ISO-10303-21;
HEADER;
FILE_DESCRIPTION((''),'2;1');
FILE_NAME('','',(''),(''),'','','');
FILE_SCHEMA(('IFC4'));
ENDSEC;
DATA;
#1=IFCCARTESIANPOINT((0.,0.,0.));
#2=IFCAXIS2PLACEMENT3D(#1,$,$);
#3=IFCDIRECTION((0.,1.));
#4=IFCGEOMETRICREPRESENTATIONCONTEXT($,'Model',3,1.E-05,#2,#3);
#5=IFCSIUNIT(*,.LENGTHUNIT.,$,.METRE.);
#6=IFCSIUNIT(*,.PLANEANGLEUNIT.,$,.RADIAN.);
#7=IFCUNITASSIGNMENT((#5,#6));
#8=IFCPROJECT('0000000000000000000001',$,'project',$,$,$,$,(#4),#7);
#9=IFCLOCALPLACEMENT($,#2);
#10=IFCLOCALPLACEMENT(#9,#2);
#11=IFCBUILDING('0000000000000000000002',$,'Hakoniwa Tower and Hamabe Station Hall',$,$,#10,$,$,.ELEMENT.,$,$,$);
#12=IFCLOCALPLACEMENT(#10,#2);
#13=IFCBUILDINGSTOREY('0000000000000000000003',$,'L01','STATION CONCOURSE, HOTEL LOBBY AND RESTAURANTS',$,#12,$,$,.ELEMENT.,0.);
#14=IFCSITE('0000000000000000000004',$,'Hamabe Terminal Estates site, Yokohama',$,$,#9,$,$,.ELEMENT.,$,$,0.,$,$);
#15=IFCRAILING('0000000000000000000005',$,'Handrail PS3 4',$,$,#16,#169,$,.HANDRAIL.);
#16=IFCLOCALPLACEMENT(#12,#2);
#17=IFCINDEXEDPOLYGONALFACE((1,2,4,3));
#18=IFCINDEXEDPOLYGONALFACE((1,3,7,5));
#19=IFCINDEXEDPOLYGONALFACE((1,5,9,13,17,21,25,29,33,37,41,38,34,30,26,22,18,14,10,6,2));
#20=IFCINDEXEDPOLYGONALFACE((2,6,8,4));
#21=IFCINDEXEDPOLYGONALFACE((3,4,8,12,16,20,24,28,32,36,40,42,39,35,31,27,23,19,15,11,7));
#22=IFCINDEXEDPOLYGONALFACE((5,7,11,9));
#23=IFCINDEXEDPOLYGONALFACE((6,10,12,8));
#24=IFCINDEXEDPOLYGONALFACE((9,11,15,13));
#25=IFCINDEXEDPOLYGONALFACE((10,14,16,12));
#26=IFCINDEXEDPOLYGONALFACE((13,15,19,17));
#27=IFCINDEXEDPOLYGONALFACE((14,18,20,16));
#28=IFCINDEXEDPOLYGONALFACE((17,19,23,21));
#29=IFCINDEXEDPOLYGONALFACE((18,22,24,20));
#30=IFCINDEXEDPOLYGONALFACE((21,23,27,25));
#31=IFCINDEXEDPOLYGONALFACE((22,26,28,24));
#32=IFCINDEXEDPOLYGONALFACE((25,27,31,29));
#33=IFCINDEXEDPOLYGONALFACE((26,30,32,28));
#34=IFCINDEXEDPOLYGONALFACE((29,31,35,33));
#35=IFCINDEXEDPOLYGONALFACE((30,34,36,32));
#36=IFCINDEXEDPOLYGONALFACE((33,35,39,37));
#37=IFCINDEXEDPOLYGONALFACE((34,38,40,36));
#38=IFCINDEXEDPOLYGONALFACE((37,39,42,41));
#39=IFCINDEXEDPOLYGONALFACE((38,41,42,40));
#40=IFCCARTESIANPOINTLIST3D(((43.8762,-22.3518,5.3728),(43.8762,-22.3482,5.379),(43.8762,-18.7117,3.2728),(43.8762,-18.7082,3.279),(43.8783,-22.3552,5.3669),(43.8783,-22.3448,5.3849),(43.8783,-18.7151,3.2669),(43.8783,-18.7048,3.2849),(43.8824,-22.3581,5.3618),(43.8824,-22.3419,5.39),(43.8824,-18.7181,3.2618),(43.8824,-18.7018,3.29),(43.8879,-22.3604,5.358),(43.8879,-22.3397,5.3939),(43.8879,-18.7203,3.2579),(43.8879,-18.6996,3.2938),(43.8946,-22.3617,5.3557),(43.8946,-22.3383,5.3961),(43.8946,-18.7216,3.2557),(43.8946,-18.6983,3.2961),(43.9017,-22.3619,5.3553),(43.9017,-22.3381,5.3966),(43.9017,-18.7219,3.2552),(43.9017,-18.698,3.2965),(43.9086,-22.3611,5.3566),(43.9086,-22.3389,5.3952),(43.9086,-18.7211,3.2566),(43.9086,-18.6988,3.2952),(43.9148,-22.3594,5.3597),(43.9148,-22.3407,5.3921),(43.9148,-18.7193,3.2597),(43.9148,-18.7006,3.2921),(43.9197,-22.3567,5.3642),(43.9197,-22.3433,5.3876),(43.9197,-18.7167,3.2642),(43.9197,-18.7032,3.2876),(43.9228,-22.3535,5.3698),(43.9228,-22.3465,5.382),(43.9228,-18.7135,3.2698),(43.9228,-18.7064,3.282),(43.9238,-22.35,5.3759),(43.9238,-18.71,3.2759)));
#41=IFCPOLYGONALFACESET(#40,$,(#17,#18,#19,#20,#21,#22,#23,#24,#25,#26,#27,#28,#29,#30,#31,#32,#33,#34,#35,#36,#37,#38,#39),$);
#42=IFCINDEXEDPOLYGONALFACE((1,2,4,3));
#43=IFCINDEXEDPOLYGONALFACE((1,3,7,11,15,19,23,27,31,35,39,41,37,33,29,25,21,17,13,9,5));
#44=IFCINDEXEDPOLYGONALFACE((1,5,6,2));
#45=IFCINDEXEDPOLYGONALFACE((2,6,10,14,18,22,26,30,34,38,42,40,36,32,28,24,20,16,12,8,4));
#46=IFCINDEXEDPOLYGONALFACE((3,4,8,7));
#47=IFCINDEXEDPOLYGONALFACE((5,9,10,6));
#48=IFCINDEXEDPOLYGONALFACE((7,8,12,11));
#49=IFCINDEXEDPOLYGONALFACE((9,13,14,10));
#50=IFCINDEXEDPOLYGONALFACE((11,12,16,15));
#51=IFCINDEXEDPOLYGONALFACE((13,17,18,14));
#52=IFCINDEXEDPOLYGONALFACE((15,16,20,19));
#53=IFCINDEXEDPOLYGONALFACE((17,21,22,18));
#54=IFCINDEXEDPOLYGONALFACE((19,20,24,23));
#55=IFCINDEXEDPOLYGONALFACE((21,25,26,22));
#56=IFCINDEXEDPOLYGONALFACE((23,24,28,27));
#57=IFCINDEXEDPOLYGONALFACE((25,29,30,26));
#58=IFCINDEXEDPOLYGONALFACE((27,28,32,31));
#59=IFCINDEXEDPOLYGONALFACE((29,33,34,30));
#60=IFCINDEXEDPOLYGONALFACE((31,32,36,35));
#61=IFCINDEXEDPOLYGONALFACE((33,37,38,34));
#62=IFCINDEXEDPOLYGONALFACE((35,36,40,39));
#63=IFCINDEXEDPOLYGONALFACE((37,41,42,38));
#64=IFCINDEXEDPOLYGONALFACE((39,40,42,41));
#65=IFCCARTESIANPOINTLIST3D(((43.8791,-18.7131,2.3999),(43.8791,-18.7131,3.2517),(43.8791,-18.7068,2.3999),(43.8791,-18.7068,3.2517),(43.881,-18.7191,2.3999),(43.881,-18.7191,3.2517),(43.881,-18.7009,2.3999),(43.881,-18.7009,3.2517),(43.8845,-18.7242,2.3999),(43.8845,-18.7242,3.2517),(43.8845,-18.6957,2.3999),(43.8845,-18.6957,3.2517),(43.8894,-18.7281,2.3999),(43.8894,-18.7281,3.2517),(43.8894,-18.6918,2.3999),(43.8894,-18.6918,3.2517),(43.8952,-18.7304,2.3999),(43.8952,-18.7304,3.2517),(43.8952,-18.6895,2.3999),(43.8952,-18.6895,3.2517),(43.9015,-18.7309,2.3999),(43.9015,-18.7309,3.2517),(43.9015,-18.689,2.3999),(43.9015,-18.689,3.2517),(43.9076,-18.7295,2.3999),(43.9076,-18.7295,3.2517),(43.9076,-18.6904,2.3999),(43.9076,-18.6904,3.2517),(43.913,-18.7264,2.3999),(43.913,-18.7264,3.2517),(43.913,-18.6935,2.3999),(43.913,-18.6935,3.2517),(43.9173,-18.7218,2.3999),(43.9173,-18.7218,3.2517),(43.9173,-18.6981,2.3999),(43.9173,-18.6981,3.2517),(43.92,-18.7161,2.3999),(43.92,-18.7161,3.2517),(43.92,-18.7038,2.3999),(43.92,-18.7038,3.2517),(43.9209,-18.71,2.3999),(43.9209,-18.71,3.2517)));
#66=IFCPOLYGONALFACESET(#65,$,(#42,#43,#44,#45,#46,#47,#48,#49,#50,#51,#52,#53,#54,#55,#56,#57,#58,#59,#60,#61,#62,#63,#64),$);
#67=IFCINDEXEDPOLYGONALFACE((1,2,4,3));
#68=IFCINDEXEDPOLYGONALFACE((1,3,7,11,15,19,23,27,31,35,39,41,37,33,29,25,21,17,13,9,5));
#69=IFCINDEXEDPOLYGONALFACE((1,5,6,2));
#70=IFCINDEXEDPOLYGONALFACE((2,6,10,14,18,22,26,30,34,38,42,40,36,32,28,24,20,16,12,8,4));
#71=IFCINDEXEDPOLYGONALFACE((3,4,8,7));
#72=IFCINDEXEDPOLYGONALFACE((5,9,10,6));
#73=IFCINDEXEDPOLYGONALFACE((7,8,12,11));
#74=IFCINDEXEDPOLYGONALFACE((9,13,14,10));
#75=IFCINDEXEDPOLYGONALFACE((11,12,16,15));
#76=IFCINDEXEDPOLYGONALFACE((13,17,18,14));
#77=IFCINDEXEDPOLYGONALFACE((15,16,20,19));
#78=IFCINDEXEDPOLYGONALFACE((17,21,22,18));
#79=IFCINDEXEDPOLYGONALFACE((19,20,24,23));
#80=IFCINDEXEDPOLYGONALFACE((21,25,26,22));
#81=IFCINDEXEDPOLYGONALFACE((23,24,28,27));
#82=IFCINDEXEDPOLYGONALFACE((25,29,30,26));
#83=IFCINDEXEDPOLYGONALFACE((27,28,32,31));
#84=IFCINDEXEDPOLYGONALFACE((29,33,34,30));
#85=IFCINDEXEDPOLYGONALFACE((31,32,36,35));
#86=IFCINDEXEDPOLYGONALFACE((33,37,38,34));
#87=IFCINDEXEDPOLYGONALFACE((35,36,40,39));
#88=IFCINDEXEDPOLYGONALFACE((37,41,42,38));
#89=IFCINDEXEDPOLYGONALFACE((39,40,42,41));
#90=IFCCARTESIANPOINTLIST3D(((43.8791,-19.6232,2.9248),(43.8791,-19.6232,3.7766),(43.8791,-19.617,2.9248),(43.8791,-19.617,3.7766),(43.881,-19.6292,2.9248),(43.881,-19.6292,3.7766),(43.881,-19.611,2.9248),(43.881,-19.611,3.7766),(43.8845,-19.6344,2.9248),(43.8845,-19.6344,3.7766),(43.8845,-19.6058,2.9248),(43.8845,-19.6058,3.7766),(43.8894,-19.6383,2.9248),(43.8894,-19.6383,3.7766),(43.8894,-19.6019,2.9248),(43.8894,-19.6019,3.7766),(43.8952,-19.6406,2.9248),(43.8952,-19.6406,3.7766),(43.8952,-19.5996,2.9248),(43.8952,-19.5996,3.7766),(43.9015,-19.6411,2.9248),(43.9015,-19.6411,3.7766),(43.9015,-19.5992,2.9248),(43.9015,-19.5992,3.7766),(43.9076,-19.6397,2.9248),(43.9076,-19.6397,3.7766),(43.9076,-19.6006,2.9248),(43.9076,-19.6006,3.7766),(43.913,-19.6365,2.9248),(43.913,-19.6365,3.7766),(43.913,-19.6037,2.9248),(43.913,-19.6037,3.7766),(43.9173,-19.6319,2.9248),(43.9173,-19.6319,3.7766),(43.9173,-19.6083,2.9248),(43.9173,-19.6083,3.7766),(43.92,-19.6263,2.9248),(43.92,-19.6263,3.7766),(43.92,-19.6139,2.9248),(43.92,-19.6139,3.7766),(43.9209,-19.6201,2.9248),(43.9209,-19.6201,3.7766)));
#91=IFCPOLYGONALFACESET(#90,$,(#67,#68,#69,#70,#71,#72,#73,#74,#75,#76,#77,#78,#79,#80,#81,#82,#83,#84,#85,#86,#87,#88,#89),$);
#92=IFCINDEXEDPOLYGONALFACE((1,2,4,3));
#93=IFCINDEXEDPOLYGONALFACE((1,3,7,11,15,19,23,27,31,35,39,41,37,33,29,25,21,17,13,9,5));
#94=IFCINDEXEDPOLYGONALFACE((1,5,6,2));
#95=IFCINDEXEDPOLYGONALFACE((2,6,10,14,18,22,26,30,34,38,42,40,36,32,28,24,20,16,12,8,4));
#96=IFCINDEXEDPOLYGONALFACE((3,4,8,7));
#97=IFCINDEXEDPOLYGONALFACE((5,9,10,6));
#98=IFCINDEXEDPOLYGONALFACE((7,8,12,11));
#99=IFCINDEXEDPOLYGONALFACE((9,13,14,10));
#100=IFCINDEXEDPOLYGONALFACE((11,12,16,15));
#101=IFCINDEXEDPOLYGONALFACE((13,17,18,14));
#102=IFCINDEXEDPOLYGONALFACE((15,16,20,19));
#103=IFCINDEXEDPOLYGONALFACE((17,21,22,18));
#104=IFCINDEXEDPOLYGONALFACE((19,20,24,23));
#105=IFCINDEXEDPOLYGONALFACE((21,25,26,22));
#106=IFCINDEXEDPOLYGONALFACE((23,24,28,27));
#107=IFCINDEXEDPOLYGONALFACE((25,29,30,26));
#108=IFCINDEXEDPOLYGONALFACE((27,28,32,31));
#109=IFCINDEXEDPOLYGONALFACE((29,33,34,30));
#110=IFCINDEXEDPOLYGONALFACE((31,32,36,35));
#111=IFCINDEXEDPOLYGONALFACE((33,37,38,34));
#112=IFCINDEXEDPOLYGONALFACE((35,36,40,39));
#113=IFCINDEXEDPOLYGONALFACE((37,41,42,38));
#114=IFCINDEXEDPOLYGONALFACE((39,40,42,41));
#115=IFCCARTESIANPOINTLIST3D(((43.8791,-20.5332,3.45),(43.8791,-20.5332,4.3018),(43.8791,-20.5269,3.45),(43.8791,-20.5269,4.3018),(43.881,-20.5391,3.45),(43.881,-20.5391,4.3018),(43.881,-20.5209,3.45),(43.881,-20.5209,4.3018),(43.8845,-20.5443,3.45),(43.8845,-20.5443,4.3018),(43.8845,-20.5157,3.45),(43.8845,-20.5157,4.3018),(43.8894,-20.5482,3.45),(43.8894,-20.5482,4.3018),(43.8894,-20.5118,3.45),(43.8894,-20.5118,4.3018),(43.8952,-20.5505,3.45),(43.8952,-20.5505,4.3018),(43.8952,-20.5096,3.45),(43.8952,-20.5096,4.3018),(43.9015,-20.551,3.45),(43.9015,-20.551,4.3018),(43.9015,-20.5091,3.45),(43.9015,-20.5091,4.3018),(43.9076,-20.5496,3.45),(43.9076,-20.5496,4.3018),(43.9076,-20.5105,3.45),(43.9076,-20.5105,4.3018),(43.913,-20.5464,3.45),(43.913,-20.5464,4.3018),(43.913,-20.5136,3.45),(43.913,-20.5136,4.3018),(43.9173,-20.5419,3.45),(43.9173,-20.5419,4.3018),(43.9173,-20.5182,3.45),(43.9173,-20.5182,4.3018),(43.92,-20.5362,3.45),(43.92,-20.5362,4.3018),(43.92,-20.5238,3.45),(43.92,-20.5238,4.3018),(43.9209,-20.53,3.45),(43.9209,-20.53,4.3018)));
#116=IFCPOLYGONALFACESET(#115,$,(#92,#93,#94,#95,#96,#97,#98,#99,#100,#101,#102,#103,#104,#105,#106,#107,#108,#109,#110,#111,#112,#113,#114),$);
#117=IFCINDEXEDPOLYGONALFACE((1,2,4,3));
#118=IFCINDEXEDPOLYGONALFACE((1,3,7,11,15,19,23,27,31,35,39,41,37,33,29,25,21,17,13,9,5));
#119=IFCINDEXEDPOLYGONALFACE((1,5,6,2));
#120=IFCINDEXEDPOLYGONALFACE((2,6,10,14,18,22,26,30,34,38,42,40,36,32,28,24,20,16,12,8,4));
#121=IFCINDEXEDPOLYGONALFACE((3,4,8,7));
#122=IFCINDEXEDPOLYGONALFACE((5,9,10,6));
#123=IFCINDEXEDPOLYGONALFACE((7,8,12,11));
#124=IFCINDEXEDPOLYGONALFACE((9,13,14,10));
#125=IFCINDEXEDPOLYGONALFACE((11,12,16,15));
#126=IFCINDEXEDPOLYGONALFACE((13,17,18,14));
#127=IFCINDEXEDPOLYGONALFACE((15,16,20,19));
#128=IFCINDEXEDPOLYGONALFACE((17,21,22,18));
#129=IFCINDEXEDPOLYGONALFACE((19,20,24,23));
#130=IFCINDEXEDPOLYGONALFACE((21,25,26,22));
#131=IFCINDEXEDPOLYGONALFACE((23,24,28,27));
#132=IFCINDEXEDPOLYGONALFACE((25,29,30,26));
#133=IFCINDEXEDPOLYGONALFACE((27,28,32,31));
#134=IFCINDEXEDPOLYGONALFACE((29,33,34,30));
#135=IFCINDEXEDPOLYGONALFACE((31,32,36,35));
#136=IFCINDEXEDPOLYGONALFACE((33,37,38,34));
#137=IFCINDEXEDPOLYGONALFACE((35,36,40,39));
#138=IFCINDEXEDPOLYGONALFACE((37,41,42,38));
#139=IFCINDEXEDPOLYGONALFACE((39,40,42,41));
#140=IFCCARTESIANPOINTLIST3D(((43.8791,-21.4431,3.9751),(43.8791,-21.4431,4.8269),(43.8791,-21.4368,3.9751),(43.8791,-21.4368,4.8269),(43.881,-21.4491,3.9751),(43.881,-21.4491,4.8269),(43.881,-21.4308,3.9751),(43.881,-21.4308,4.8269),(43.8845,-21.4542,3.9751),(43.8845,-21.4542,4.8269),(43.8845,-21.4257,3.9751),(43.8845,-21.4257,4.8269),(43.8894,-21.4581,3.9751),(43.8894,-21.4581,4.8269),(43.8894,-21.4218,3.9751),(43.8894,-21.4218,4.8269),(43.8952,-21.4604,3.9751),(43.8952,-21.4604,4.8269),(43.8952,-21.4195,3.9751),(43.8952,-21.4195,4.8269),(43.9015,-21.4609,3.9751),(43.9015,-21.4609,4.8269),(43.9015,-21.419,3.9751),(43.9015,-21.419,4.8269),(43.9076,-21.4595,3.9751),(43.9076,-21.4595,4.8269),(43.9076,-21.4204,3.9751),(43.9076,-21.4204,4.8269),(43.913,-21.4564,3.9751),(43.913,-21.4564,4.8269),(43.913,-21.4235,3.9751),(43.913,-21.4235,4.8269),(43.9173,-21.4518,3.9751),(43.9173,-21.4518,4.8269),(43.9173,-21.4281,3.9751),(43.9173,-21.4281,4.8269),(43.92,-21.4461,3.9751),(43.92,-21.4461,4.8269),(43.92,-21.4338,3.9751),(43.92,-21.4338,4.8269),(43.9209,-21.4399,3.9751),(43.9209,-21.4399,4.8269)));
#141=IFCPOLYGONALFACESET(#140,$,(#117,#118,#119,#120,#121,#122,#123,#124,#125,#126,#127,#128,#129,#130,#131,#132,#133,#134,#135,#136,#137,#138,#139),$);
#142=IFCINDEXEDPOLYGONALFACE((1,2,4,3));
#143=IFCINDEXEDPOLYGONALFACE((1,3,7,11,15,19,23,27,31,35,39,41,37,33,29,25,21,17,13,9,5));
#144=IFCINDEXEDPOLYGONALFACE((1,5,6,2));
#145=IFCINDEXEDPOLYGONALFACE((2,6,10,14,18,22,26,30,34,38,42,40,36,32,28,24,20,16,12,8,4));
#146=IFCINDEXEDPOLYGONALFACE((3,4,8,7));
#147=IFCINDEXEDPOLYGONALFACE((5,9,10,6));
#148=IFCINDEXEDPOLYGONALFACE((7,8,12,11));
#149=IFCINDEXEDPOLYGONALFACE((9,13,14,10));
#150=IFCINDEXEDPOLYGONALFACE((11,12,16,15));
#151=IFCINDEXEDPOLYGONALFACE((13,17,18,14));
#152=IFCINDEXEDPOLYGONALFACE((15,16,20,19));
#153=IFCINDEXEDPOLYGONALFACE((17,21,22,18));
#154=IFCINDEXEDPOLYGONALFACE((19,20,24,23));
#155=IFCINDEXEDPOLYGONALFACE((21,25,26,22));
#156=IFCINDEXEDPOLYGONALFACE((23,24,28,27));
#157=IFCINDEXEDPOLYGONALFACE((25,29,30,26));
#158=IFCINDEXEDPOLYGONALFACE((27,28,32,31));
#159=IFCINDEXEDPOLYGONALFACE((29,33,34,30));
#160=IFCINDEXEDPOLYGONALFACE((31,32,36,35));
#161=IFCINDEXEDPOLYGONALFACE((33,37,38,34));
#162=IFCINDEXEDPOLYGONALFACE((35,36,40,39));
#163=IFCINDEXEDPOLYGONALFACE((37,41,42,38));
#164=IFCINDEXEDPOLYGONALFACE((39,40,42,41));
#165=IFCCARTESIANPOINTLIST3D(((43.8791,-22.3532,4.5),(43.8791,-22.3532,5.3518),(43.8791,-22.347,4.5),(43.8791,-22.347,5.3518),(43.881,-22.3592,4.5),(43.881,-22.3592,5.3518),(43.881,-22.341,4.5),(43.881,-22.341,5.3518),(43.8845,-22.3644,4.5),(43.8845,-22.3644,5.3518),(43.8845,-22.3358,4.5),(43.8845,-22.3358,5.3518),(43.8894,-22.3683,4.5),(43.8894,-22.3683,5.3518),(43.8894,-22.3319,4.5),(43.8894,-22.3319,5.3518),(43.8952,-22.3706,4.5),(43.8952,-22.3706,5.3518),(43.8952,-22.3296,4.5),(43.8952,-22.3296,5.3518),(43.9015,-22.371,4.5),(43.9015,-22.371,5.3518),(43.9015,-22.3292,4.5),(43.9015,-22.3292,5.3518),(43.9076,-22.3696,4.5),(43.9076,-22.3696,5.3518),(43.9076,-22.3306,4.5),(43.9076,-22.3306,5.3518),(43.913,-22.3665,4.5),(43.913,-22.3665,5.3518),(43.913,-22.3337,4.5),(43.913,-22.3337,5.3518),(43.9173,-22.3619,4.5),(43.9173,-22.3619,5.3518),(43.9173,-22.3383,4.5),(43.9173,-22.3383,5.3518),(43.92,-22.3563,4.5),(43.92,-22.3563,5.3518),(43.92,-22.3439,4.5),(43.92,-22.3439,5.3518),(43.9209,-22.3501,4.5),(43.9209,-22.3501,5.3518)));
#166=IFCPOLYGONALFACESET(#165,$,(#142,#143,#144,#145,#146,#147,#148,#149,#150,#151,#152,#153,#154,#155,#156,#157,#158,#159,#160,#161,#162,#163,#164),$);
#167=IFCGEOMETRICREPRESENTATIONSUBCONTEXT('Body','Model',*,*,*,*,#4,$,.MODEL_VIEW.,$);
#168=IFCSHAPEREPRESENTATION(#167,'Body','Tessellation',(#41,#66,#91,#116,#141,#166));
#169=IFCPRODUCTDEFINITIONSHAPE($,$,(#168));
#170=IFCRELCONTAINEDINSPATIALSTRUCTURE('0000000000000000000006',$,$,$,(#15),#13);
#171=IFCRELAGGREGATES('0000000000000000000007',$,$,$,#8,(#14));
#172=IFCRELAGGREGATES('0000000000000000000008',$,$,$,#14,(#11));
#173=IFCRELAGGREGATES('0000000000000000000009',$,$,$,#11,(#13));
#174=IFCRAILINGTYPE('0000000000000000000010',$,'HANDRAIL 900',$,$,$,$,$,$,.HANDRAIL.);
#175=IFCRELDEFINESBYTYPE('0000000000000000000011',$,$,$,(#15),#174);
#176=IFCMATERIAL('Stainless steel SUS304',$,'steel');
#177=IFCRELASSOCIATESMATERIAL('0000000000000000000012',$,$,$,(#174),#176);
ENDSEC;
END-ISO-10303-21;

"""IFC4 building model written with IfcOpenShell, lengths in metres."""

from ifc_helpers import new_model, si_unit, direction, frame, origin, origin_2d, place, context, subcontext, project, spatial, circle, extrude, material, type_object, element, save


model = new_model("IFC4")

# Units and contexts
model_context = context("Model", 3, precision=1e-05, world=origin(), true_north=direction((0.0, 1.0)))
body_context = subcontext(model_context, "Body", "Model", "MODEL_VIEW")
ifc_project = project(units=[si_unit("LENGTHUNIT", "METRE"), si_unit("PLANEANGLEUNIT", "RADIAN")], contexts=[model_context])

# Site, building, storey
site_placement = place(None, origin())
site = spatial("IfcSite", under=ifc_project, at=site_placement, Name="Hamabe Terminal Estates site, Yokohama", CompositionType="ELEMENT", RefElevation=0.0)
building_placement = place(site_placement, origin())
building = spatial("IfcBuilding", under=site, at=building_placement, Name="Hakoniwa Tower and Hamabe Station Hall", CompositionType="ELEMENT")
storey_placement = place(building_placement, origin())
storey = spatial("IfcBuildingStorey", under=building, at=storey_placement, Name="L01", Description="STATION CONCOURSE, HOTEL LOBBY AND RESTAURANTS", CompositionType="ELEMENT", Elevation=0.0)

# Railing
ifc_material_1 = material(Name="Stainless steel SUS304", Category="steel")
railing_type_1 = type_object("IfcRailingType", Name="HANDRAIL 900", PredefinedType="HANDRAIL", material=ifc_material_1)
for number, where, name in (
    (1, (43.8999, -18.71, 2.3999), "Handrail PS3 4"),
):
    element("IfcRailing", number, at=place(storey_placement, frame(where)), inside=storey, type_object=railing_type_1, Name=name, PredefinedType="HANDRAIL", context=body_context, shape_type="SweptSolid", body=[
        extrude(circle(Radius=0.0239, at=origin_2d()), frame((0.0, 0.0, 0.876), z_axis=(0.0, -0.866184, 0.499726), x_axis=(1.0, 0.0, 0.0)), (0.0, 0.0, 1.0), 4.2024),
        extrude(circle(Radius=0.021, at=origin_2d()), origin(), (0.0, 0.0, 1.0), 0.8518),
        extrude(circle(Radius=0.021, at=origin_2d()), frame((0.0, -0.9102, 0.5249)), (0.0, 0.0, 1.0), 0.8518),
        extrude(circle(Radius=0.021, at=origin_2d()), frame((0.0, -1.8201, 1.05)), (0.0, 0.0, 1.0), 0.8518),
        extrude(circle(Radius=0.021, at=origin_2d()), frame((0.0, -2.73, 1.5752)), (0.0, 0.0, 1.0), 0.8518),
        extrude(circle(Radius=0.021, at=origin_2d()), frame((0.0, -3.6401, 2.1001)), (0.0, 0.0, 1.0), 0.8518),
    ])

save(model, "model.ifc")
